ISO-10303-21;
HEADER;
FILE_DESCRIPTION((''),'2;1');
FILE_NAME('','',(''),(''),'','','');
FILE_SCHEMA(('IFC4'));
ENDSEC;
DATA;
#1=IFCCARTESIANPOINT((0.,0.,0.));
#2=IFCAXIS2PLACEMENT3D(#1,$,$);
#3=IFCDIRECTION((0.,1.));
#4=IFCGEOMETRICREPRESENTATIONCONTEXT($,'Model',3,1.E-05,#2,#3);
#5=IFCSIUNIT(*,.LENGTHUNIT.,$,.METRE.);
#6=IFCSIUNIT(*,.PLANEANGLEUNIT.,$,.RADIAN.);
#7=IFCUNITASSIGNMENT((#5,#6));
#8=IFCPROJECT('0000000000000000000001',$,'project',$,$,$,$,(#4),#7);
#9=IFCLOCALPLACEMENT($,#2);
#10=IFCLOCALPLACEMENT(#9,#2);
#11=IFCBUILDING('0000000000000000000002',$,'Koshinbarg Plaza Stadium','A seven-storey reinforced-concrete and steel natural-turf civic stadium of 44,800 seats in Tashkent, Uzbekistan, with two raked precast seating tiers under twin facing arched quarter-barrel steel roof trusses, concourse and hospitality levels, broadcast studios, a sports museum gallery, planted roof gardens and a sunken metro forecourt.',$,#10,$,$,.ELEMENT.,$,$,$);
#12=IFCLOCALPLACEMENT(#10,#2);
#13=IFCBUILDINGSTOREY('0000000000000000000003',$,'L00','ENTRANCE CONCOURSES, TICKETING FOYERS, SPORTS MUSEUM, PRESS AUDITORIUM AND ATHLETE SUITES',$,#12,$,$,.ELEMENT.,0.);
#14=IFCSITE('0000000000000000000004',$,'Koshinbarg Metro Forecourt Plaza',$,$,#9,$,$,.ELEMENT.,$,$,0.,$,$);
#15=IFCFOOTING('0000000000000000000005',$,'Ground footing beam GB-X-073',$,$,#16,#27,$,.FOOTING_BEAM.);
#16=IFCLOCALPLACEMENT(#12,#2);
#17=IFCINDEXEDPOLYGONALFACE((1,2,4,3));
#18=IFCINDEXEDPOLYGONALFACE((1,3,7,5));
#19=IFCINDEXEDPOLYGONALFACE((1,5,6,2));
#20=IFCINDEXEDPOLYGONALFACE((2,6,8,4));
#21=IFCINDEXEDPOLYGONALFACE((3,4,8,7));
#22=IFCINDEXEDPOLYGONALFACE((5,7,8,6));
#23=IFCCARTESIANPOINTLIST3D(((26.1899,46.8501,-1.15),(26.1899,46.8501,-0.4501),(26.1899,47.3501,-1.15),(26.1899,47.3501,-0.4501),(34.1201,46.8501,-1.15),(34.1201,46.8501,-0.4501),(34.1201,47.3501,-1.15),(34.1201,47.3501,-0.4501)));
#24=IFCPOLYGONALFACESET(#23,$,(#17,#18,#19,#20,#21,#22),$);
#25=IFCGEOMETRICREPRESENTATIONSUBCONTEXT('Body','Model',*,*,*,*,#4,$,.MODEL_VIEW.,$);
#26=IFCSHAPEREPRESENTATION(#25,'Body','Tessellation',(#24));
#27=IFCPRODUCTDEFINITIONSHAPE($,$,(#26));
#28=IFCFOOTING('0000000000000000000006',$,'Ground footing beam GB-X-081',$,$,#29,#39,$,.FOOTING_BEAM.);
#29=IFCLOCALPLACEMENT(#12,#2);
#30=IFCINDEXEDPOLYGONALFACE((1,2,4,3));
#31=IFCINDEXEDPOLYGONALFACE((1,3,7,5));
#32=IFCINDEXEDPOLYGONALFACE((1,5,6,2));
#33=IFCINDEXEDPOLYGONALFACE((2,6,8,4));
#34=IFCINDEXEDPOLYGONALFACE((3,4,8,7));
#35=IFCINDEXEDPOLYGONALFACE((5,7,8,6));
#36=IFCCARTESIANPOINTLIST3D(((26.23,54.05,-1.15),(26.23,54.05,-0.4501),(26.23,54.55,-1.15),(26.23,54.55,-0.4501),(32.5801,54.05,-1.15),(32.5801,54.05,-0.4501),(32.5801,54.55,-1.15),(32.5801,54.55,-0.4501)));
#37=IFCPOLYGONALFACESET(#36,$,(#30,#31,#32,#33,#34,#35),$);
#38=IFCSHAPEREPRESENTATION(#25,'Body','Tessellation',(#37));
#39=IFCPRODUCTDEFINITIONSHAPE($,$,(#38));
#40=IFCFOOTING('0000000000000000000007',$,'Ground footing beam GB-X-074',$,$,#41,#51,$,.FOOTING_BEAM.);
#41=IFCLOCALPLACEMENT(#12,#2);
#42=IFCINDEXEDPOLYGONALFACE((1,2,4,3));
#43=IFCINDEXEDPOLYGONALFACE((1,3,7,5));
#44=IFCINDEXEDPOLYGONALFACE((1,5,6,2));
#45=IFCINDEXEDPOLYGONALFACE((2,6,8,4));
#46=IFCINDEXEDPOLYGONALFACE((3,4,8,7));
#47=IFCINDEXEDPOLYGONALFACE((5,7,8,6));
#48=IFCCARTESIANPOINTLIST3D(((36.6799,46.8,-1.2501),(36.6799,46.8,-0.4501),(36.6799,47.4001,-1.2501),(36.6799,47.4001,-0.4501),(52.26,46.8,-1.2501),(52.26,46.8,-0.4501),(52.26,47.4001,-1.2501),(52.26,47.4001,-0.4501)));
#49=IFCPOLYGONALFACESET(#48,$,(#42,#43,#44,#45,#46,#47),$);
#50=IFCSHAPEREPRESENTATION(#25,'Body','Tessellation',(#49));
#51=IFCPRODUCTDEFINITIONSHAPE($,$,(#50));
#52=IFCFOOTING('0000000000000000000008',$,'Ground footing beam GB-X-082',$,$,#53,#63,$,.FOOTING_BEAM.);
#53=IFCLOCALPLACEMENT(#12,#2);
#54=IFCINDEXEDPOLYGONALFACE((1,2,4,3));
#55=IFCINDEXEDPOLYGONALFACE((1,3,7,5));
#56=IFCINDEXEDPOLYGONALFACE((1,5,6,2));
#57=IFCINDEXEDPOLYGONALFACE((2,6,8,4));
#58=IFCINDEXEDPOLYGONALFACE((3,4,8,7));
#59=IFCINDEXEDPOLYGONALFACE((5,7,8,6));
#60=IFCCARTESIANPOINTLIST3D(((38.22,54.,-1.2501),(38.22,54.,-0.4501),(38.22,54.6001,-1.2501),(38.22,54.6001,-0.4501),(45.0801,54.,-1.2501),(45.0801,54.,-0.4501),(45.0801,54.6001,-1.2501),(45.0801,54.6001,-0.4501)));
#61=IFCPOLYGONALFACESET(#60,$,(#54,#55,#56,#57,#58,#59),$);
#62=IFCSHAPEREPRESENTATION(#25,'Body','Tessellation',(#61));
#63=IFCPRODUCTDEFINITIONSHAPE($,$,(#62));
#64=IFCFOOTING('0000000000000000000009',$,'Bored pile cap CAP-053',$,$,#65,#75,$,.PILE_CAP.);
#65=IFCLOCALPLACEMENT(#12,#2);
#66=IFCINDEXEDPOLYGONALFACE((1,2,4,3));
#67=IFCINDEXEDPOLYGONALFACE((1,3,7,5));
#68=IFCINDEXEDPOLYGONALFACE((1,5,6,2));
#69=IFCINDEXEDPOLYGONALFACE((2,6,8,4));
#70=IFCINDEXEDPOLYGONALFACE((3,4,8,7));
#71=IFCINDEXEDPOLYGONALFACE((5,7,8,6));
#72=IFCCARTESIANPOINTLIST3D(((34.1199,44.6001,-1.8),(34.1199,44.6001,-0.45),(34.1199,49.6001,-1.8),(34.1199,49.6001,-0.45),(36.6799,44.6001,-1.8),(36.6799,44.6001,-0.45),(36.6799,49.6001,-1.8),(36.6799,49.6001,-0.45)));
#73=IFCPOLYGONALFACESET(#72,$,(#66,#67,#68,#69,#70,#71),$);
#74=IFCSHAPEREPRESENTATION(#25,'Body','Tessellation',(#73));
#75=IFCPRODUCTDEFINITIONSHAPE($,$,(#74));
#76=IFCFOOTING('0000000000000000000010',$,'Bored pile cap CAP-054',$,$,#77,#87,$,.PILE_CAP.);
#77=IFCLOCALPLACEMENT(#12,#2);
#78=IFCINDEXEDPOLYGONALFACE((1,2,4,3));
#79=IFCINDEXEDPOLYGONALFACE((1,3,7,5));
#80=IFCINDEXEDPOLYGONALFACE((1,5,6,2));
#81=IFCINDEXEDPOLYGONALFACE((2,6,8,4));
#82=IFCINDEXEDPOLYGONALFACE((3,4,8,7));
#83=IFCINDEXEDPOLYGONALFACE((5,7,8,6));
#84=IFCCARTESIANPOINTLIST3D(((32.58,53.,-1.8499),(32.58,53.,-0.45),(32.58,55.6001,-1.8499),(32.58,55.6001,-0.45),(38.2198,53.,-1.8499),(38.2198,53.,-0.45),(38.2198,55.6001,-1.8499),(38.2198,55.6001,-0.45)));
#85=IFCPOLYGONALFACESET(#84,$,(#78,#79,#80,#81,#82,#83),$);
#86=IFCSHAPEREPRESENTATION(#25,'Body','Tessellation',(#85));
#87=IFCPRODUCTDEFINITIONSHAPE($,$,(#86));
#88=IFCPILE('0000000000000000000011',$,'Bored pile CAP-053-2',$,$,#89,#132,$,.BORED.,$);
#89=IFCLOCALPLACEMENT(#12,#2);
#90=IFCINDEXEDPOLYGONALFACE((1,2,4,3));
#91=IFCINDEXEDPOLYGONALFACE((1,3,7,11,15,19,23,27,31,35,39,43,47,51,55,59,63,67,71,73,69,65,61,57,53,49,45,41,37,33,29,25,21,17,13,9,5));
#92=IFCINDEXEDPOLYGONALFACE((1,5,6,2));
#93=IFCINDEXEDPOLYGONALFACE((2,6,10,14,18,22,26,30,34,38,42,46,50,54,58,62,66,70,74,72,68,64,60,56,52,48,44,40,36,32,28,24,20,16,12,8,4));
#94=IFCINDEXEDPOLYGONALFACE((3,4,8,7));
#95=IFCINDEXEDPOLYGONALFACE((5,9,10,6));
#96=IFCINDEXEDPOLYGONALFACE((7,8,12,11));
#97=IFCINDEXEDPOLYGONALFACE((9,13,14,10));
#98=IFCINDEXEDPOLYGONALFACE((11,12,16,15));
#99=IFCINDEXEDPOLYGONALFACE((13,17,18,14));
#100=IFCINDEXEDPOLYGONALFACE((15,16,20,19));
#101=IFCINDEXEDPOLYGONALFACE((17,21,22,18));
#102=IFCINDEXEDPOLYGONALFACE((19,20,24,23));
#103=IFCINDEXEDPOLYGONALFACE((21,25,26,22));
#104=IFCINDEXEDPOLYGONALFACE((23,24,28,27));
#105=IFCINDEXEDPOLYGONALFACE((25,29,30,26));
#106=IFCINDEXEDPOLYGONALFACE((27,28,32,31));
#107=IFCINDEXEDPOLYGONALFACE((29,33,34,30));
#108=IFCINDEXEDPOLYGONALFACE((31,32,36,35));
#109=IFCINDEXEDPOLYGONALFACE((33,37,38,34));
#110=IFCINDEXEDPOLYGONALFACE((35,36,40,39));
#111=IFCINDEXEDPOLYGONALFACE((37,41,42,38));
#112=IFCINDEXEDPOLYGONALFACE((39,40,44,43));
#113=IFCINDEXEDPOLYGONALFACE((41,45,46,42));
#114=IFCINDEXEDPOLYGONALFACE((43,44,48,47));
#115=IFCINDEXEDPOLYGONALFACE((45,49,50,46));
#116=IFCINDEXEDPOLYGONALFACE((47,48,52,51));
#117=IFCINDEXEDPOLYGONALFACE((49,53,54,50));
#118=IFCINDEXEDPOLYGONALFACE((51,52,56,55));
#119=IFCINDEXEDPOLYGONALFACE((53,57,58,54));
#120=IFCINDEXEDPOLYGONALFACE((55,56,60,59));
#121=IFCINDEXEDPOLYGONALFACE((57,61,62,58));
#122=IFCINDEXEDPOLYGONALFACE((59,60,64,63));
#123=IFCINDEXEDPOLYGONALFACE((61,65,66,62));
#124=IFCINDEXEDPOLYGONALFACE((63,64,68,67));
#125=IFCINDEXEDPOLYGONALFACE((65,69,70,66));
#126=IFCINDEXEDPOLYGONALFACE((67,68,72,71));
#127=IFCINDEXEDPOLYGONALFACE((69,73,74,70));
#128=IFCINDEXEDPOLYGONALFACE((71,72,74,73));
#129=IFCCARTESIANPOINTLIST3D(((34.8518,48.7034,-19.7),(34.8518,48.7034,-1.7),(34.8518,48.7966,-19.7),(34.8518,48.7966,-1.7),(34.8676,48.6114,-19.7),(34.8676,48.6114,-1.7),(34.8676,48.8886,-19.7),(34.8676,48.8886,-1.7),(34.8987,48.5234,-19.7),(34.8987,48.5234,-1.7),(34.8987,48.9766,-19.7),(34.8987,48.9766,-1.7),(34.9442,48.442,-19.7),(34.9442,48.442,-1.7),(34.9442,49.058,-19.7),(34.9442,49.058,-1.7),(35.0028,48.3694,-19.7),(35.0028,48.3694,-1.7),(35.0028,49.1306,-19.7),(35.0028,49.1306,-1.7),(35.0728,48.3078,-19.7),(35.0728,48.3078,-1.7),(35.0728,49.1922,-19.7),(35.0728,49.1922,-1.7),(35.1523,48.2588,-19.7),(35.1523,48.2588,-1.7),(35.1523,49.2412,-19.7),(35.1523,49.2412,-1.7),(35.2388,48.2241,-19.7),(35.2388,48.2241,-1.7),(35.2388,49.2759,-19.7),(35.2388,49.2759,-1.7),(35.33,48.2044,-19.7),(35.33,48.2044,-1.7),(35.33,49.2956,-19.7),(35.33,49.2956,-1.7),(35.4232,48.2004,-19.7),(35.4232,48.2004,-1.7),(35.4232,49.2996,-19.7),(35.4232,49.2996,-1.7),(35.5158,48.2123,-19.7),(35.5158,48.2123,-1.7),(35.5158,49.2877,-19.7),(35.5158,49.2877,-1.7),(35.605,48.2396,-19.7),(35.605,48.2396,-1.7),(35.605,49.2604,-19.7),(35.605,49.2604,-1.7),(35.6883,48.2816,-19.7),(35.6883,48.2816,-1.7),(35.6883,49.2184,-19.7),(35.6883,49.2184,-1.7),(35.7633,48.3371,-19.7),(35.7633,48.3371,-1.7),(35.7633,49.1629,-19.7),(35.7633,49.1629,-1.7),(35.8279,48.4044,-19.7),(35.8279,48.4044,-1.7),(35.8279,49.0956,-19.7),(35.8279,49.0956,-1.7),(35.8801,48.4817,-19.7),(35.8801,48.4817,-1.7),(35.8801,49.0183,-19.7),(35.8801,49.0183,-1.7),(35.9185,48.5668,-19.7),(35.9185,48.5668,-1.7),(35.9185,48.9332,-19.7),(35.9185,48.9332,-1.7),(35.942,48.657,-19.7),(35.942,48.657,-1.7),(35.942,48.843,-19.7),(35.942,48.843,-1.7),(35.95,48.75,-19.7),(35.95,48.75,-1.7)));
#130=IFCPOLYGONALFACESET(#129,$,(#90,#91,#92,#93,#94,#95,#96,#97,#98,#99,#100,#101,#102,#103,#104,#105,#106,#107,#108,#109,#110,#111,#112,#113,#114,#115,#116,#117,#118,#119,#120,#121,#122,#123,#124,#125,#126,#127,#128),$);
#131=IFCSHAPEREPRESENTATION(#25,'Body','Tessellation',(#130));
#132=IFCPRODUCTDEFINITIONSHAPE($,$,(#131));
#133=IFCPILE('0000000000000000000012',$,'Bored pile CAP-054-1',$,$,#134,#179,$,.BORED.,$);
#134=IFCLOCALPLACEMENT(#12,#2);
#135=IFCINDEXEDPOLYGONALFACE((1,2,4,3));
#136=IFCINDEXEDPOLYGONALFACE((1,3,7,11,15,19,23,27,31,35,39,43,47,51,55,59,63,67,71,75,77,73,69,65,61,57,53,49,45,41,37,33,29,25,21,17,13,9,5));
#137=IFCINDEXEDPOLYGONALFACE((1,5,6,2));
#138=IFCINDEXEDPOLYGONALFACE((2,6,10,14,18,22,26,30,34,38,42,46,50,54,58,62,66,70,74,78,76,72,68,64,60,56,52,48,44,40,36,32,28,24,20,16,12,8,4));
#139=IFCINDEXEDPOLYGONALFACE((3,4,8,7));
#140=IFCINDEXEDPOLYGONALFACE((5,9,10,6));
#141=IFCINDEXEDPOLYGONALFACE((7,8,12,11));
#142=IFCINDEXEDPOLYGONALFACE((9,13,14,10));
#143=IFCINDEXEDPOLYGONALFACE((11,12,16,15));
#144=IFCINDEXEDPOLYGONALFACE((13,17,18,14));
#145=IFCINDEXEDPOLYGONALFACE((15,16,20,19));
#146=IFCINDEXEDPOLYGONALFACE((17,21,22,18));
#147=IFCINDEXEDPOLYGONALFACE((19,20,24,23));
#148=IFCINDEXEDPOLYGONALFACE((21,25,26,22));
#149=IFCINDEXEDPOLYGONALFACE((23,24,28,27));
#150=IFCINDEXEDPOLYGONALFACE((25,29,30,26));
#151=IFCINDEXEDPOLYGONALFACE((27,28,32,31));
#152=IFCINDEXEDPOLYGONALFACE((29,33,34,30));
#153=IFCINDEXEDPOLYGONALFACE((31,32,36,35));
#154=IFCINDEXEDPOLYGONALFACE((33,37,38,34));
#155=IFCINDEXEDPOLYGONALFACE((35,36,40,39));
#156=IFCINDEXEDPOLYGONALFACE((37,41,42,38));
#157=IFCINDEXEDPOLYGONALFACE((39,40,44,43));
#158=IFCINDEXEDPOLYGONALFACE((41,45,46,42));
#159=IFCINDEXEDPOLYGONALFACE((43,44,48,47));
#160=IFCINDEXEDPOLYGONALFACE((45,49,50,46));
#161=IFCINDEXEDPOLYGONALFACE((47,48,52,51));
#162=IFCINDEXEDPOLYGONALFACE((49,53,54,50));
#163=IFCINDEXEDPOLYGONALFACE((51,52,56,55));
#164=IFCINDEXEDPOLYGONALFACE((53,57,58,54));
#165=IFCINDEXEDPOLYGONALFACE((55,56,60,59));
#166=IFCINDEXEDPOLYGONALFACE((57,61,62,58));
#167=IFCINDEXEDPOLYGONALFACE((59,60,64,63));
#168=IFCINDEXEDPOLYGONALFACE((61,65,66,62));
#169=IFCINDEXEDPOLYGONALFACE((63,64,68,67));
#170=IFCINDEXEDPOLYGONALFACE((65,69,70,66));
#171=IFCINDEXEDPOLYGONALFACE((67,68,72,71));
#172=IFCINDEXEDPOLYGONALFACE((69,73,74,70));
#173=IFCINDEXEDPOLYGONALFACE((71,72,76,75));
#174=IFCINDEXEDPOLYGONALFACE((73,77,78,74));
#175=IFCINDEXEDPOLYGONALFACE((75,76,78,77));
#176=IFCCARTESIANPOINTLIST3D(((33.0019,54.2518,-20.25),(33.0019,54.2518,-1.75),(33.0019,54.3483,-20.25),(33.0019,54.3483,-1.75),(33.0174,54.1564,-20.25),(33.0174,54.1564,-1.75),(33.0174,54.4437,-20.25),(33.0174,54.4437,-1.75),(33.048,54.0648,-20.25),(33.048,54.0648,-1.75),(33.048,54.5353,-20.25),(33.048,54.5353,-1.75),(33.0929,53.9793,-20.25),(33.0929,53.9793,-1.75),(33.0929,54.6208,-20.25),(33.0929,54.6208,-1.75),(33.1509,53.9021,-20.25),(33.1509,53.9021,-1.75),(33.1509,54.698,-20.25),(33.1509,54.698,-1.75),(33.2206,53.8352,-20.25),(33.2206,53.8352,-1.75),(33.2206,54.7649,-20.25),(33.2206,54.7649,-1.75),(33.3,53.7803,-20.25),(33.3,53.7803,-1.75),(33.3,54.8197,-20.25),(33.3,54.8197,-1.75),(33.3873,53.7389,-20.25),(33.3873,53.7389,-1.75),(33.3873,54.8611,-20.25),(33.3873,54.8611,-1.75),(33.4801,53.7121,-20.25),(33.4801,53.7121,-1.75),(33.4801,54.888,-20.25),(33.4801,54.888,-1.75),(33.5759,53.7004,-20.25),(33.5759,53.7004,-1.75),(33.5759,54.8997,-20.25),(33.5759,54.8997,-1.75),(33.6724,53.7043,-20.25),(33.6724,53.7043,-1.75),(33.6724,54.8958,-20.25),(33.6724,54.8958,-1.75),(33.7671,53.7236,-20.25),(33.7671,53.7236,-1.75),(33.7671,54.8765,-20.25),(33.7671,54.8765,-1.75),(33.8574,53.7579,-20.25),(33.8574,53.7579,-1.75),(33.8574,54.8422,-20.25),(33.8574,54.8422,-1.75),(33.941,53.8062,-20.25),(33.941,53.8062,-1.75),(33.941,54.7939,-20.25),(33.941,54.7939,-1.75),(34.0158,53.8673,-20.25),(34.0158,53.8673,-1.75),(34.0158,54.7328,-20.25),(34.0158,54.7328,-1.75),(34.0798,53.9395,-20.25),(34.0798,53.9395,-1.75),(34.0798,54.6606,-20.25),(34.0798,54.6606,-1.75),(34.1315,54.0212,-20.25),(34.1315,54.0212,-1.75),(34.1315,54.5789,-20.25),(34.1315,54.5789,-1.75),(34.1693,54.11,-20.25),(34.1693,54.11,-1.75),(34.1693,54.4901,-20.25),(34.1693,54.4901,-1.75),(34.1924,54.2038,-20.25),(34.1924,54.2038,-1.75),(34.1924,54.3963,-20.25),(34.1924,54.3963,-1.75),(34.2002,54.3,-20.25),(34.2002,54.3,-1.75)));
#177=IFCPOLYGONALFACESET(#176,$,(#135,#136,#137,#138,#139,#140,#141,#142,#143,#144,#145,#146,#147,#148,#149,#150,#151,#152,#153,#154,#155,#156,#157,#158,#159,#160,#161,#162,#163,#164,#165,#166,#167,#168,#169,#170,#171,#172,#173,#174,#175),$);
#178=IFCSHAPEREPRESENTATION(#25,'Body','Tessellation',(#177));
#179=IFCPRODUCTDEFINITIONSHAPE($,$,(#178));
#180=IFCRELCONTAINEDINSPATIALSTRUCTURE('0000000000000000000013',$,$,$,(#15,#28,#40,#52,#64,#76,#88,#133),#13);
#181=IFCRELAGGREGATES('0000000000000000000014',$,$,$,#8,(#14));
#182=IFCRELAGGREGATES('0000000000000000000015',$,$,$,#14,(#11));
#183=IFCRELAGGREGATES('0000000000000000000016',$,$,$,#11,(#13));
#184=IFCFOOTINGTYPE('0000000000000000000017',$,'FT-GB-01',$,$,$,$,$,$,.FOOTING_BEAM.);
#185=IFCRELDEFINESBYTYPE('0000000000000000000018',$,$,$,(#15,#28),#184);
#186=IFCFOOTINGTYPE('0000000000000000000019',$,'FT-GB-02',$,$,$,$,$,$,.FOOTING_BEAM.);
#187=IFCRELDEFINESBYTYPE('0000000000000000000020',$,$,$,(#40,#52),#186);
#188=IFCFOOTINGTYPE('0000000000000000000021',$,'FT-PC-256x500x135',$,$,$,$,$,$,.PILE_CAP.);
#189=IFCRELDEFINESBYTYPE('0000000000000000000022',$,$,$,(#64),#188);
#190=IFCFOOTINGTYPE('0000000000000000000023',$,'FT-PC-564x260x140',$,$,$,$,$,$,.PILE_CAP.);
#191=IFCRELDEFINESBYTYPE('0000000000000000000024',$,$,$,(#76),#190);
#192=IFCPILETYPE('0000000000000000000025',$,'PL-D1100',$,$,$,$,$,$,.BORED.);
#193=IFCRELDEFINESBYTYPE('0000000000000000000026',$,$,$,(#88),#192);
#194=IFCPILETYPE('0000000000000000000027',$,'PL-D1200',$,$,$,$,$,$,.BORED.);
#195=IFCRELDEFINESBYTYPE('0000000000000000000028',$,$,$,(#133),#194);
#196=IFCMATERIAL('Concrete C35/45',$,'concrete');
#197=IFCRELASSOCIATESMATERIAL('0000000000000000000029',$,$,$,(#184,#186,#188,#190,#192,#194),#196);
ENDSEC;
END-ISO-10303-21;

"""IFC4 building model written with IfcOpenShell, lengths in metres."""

from ifc_helpers import new_model, si_unit, direction, frame, origin, origin_2d, place, context, subcontext, project, spatial, rectangle, circle, extrude, material, material_profile, profile_set, type_object, element, save


model = new_model("IFC4")

# Units and contexts
model_context = context("Model", 3, precision=1e-05, world=origin(), true_north=direction((0.0, 1.0)))
body_context = subcontext(model_context, "Body", "Model", "MODEL_VIEW")
ifc_project = project(units=[si_unit("LENGTHUNIT", "METRE"), si_unit("PLANEANGLEUNIT", "RADIAN")], contexts=[model_context])

# Site, building, storey
site_placement = place(None, origin())
site = spatial("IfcSite", under=ifc_project, at=site_placement, Name="Koshinbarg Metro Forecourt Plaza", CompositionType="ELEMENT", RefElevation=0.0)
building_placement = place(site_placement, origin())
building = spatial("IfcBuilding", under=site, at=building_placement, Name="Koshinbarg Plaza Stadium", Description="A seven-storey reinforced-concrete and steel natural-turf civic stadium of 44,800 seats in Tashkent, Uzbekistan, with two raked precast seating tiers under twin facing arched quarter-barrel steel roof trusses, concourse and hospitality levels, broadcast studios, a sports museum gallery, planted roof gardens and a sunken metro forecourt.", CompositionType="ELEMENT")
storey_placement = place(building_placement, origin())
storey = spatial("IfcBuildingStorey", under=building, at=storey_placement, Name="L00", Description="ENTRANCE CONCOURSES, TICKETING FOYERS, SPORTS MUSEUM, PRESS AUDITORIUM AND ATHLETE SUITES", CompositionType="ELEMENT", Elevation=0.0)

# Footings
ifc_material_1 = material(Name="Concrete C35/45", Category="concrete")
ifc_material_profile_1 = material_profile(ifc_material_1, rectangle(XDim=0.5, YDim=0.7, at=origin_2d()), Name="GB 500x700")
ifc_profile_set_1 = profile_set([ifc_material_profile_1], Name="Concrete C35/45")
footing_type_1 = type_object("IfcFootingType", Name="FT-GB-01", PredefinedType="FOOTING_BEAM", material=ifc_profile_set_1)
footing_1_placement = place(storey_placement, frame((26.1899, 47.1001, -0.8), z_axis=(1.0, 0.0, 0.0), x_axis=(0.0, 1.0, 0.0)))
element("IfcFooting", 1, at=footing_1_placement, inside=storey, type_object=footing_type_1, Name="Ground footing beam GB-X-073", PredefinedType="FOOTING_BEAM", context=body_context, shape_type="SweptSolid", body=[
    extrude(rectangle(XDim=0.5, YDim=0.7, at=origin_2d()), origin(), (0.0, 0.0, 1.0), 7.9302),
])
footing_2_placement = place(storey_placement, frame((26.23, 54.3, -0.8), z_axis=(1.0, 0.0, 0.0), x_axis=(0.0, 1.0, 0.0)))
element("IfcFooting", 2, at=footing_2_placement, inside=storey, type_object=footing_type_1, Name="Ground footing beam GB-X-081", PredefinedType="FOOTING_BEAM", context=body_context, shape_type="SweptSolid", body=[
    extrude(rectangle(XDim=0.5, YDim=0.7, at=origin_2d()), origin(), (0.0, 0.0, 1.0), 6.3501),
])
ifc_material_profile_2 = material_profile(ifc_material_1, rectangle(XDim=0.6001, YDim=0.8, at=origin_2d()), Name="GB 600x800")
ifc_profile_set_2 = profile_set([ifc_material_profile_2], Name="Concrete C35/45")
footing_type_2 = type_object("IfcFootingType", Name="FT-GB-02", PredefinedType="FOOTING_BEAM", material=ifc_profile_set_2)
footing_3_placement = place(storey_placement, frame((36.6799, 47.1001, -0.8501), z_axis=(1.0, 0.0, 0.0), x_axis=(0.0, 1.0, 0.0)))
element("IfcFooting", 3, at=footing_3_placement, inside=storey, type_object=footing_type_2, Name="Ground footing beam GB-X-074", PredefinedType="FOOTING_BEAM", context=body_context, shape_type="SweptSolid", body=[
    extrude(rectangle(XDim=0.6001, YDim=0.8, at=origin_2d()), origin(), (0.0, 0.0, 1.0), 15.5801),
])
footing_4_placement = place(storey_placement, frame((38.22, 54.3, -0.8501), z_axis=(1.0, 0.0, 0.0), x_axis=(0.0, 1.0, 0.0)))
element("IfcFooting", 4, at=footing_4_placement, inside=storey, type_object=footing_type_2, Name="Ground footing beam GB-X-082", PredefinedType="FOOTING_BEAM", context=body_context, shape_type="SweptSolid", body=[
    extrude(rectangle(XDim=0.6001, YDim=0.8, at=origin_2d()), origin(), (0.0, 0.0, 1.0), 6.8601),
])
footing_type_3 = type_object("IfcFootingType", Name="FT-PC-256x500x135", PredefinedType="PILE_CAP", material=ifc_material_1)
footing_5_placement = place(storey_placement, frame((35.3999, 47.1001, -1.8), z_axis=(0.0, 0.0, 1.0), x_axis=(1.0, 0.0, 0.0)))
element("IfcFooting", 5, at=footing_5_placement, inside=storey, type_object=footing_type_3, Name="Bored pile cap CAP-053", PredefinedType="PILE_CAP", context=body_context, shape_type="SweptSolid", body=[
    extrude(rectangle(XDim=2.5601, YDim=5.0, at=origin_2d()), origin(), (0.0, 0.0, 1.0), 1.3501),
])
footing_type_4 = type_object("IfcFootingType", Name="FT-PC-564x260x140", PredefinedType="PILE_CAP", material=ifc_material_1)
footing_6_placement = place(storey_placement, frame((35.3999, 54.3, -1.8499), z_axis=(0.0, 0.0, 1.0), x_axis=(1.0, 0.0, 0.0)))
element("IfcFooting", 6, at=footing_6_placement, inside=storey, type_object=footing_type_4, Name="Bored pile cap CAP-054", PredefinedType="PILE_CAP", context=body_context, shape_type="SweptSolid", body=[
    extrude(rectangle(XDim=5.6399, YDim=2.6001, at=origin_2d()), origin(), (0.0, 0.0, 1.0), 1.3999),
])

# Piles
ifc_material_profile_3 = material_profile(ifc_material_1, circle(Radius=0.55, at=origin_2d()), Name="PILE D1100")
ifc_profile_set_3 = profile_set([ifc_material_profile_3], Name="Concrete C35/45")
pile_type_1 = type_object("IfcPileType", Name="PL-D1100", PredefinedType="BORED", material=ifc_profile_set_3)
pile_placement = place(storey_placement, frame((35.3999, 48.75, -1.7), z_axis=(0.0, 0.0, -1.0), x_axis=(1.0, 0.0, 0.0)))
element("IfcPile", 7, at=pile_placement, inside=storey, type_object=pile_type_1, Name="Bored pile CAP-053-2", PredefinedType="BORED", context=body_context, shape_type="SweptSolid", body=[
    extrude(circle(Radius=0.55, at=origin_2d()), origin(), (0.0, 0.0, 1.0), 18.0),
])
ifc_material_profile_4 = material_profile(ifc_material_1, circle(Radius=0.6001, at=origin_2d()), Name="PILE D1200")
ifc_profile_set_4 = profile_set([ifc_material_profile_4], Name="Concrete C35/45")
pile_type_2 = type_object("IfcPileType", Name="PL-D1200", PredefinedType="BORED", material=ifc_profile_set_4)
for number, where, z_axis, x_axis, name in (
    (8, (33.6001, 54.3, -1.75), (0.0, 0.0, -1.0), (1.0, 0.0, 0.0), "Bored pile CAP-054-1"),
):
    element("IfcPile", number, at=place(storey_placement, frame(where, z_axis=z_axis, x_axis=x_axis)), inside=storey, type_object=pile_type_2, Name=name, PredefinedType="BORED", context=body_context, shape_type="SweptSolid", body=[
        extrude(circle(Radius=0.6001, at=origin_2d()), origin(), (0.0, 0.0, 1.0), 18.5),
    ])

save(model, "model.ifc")
